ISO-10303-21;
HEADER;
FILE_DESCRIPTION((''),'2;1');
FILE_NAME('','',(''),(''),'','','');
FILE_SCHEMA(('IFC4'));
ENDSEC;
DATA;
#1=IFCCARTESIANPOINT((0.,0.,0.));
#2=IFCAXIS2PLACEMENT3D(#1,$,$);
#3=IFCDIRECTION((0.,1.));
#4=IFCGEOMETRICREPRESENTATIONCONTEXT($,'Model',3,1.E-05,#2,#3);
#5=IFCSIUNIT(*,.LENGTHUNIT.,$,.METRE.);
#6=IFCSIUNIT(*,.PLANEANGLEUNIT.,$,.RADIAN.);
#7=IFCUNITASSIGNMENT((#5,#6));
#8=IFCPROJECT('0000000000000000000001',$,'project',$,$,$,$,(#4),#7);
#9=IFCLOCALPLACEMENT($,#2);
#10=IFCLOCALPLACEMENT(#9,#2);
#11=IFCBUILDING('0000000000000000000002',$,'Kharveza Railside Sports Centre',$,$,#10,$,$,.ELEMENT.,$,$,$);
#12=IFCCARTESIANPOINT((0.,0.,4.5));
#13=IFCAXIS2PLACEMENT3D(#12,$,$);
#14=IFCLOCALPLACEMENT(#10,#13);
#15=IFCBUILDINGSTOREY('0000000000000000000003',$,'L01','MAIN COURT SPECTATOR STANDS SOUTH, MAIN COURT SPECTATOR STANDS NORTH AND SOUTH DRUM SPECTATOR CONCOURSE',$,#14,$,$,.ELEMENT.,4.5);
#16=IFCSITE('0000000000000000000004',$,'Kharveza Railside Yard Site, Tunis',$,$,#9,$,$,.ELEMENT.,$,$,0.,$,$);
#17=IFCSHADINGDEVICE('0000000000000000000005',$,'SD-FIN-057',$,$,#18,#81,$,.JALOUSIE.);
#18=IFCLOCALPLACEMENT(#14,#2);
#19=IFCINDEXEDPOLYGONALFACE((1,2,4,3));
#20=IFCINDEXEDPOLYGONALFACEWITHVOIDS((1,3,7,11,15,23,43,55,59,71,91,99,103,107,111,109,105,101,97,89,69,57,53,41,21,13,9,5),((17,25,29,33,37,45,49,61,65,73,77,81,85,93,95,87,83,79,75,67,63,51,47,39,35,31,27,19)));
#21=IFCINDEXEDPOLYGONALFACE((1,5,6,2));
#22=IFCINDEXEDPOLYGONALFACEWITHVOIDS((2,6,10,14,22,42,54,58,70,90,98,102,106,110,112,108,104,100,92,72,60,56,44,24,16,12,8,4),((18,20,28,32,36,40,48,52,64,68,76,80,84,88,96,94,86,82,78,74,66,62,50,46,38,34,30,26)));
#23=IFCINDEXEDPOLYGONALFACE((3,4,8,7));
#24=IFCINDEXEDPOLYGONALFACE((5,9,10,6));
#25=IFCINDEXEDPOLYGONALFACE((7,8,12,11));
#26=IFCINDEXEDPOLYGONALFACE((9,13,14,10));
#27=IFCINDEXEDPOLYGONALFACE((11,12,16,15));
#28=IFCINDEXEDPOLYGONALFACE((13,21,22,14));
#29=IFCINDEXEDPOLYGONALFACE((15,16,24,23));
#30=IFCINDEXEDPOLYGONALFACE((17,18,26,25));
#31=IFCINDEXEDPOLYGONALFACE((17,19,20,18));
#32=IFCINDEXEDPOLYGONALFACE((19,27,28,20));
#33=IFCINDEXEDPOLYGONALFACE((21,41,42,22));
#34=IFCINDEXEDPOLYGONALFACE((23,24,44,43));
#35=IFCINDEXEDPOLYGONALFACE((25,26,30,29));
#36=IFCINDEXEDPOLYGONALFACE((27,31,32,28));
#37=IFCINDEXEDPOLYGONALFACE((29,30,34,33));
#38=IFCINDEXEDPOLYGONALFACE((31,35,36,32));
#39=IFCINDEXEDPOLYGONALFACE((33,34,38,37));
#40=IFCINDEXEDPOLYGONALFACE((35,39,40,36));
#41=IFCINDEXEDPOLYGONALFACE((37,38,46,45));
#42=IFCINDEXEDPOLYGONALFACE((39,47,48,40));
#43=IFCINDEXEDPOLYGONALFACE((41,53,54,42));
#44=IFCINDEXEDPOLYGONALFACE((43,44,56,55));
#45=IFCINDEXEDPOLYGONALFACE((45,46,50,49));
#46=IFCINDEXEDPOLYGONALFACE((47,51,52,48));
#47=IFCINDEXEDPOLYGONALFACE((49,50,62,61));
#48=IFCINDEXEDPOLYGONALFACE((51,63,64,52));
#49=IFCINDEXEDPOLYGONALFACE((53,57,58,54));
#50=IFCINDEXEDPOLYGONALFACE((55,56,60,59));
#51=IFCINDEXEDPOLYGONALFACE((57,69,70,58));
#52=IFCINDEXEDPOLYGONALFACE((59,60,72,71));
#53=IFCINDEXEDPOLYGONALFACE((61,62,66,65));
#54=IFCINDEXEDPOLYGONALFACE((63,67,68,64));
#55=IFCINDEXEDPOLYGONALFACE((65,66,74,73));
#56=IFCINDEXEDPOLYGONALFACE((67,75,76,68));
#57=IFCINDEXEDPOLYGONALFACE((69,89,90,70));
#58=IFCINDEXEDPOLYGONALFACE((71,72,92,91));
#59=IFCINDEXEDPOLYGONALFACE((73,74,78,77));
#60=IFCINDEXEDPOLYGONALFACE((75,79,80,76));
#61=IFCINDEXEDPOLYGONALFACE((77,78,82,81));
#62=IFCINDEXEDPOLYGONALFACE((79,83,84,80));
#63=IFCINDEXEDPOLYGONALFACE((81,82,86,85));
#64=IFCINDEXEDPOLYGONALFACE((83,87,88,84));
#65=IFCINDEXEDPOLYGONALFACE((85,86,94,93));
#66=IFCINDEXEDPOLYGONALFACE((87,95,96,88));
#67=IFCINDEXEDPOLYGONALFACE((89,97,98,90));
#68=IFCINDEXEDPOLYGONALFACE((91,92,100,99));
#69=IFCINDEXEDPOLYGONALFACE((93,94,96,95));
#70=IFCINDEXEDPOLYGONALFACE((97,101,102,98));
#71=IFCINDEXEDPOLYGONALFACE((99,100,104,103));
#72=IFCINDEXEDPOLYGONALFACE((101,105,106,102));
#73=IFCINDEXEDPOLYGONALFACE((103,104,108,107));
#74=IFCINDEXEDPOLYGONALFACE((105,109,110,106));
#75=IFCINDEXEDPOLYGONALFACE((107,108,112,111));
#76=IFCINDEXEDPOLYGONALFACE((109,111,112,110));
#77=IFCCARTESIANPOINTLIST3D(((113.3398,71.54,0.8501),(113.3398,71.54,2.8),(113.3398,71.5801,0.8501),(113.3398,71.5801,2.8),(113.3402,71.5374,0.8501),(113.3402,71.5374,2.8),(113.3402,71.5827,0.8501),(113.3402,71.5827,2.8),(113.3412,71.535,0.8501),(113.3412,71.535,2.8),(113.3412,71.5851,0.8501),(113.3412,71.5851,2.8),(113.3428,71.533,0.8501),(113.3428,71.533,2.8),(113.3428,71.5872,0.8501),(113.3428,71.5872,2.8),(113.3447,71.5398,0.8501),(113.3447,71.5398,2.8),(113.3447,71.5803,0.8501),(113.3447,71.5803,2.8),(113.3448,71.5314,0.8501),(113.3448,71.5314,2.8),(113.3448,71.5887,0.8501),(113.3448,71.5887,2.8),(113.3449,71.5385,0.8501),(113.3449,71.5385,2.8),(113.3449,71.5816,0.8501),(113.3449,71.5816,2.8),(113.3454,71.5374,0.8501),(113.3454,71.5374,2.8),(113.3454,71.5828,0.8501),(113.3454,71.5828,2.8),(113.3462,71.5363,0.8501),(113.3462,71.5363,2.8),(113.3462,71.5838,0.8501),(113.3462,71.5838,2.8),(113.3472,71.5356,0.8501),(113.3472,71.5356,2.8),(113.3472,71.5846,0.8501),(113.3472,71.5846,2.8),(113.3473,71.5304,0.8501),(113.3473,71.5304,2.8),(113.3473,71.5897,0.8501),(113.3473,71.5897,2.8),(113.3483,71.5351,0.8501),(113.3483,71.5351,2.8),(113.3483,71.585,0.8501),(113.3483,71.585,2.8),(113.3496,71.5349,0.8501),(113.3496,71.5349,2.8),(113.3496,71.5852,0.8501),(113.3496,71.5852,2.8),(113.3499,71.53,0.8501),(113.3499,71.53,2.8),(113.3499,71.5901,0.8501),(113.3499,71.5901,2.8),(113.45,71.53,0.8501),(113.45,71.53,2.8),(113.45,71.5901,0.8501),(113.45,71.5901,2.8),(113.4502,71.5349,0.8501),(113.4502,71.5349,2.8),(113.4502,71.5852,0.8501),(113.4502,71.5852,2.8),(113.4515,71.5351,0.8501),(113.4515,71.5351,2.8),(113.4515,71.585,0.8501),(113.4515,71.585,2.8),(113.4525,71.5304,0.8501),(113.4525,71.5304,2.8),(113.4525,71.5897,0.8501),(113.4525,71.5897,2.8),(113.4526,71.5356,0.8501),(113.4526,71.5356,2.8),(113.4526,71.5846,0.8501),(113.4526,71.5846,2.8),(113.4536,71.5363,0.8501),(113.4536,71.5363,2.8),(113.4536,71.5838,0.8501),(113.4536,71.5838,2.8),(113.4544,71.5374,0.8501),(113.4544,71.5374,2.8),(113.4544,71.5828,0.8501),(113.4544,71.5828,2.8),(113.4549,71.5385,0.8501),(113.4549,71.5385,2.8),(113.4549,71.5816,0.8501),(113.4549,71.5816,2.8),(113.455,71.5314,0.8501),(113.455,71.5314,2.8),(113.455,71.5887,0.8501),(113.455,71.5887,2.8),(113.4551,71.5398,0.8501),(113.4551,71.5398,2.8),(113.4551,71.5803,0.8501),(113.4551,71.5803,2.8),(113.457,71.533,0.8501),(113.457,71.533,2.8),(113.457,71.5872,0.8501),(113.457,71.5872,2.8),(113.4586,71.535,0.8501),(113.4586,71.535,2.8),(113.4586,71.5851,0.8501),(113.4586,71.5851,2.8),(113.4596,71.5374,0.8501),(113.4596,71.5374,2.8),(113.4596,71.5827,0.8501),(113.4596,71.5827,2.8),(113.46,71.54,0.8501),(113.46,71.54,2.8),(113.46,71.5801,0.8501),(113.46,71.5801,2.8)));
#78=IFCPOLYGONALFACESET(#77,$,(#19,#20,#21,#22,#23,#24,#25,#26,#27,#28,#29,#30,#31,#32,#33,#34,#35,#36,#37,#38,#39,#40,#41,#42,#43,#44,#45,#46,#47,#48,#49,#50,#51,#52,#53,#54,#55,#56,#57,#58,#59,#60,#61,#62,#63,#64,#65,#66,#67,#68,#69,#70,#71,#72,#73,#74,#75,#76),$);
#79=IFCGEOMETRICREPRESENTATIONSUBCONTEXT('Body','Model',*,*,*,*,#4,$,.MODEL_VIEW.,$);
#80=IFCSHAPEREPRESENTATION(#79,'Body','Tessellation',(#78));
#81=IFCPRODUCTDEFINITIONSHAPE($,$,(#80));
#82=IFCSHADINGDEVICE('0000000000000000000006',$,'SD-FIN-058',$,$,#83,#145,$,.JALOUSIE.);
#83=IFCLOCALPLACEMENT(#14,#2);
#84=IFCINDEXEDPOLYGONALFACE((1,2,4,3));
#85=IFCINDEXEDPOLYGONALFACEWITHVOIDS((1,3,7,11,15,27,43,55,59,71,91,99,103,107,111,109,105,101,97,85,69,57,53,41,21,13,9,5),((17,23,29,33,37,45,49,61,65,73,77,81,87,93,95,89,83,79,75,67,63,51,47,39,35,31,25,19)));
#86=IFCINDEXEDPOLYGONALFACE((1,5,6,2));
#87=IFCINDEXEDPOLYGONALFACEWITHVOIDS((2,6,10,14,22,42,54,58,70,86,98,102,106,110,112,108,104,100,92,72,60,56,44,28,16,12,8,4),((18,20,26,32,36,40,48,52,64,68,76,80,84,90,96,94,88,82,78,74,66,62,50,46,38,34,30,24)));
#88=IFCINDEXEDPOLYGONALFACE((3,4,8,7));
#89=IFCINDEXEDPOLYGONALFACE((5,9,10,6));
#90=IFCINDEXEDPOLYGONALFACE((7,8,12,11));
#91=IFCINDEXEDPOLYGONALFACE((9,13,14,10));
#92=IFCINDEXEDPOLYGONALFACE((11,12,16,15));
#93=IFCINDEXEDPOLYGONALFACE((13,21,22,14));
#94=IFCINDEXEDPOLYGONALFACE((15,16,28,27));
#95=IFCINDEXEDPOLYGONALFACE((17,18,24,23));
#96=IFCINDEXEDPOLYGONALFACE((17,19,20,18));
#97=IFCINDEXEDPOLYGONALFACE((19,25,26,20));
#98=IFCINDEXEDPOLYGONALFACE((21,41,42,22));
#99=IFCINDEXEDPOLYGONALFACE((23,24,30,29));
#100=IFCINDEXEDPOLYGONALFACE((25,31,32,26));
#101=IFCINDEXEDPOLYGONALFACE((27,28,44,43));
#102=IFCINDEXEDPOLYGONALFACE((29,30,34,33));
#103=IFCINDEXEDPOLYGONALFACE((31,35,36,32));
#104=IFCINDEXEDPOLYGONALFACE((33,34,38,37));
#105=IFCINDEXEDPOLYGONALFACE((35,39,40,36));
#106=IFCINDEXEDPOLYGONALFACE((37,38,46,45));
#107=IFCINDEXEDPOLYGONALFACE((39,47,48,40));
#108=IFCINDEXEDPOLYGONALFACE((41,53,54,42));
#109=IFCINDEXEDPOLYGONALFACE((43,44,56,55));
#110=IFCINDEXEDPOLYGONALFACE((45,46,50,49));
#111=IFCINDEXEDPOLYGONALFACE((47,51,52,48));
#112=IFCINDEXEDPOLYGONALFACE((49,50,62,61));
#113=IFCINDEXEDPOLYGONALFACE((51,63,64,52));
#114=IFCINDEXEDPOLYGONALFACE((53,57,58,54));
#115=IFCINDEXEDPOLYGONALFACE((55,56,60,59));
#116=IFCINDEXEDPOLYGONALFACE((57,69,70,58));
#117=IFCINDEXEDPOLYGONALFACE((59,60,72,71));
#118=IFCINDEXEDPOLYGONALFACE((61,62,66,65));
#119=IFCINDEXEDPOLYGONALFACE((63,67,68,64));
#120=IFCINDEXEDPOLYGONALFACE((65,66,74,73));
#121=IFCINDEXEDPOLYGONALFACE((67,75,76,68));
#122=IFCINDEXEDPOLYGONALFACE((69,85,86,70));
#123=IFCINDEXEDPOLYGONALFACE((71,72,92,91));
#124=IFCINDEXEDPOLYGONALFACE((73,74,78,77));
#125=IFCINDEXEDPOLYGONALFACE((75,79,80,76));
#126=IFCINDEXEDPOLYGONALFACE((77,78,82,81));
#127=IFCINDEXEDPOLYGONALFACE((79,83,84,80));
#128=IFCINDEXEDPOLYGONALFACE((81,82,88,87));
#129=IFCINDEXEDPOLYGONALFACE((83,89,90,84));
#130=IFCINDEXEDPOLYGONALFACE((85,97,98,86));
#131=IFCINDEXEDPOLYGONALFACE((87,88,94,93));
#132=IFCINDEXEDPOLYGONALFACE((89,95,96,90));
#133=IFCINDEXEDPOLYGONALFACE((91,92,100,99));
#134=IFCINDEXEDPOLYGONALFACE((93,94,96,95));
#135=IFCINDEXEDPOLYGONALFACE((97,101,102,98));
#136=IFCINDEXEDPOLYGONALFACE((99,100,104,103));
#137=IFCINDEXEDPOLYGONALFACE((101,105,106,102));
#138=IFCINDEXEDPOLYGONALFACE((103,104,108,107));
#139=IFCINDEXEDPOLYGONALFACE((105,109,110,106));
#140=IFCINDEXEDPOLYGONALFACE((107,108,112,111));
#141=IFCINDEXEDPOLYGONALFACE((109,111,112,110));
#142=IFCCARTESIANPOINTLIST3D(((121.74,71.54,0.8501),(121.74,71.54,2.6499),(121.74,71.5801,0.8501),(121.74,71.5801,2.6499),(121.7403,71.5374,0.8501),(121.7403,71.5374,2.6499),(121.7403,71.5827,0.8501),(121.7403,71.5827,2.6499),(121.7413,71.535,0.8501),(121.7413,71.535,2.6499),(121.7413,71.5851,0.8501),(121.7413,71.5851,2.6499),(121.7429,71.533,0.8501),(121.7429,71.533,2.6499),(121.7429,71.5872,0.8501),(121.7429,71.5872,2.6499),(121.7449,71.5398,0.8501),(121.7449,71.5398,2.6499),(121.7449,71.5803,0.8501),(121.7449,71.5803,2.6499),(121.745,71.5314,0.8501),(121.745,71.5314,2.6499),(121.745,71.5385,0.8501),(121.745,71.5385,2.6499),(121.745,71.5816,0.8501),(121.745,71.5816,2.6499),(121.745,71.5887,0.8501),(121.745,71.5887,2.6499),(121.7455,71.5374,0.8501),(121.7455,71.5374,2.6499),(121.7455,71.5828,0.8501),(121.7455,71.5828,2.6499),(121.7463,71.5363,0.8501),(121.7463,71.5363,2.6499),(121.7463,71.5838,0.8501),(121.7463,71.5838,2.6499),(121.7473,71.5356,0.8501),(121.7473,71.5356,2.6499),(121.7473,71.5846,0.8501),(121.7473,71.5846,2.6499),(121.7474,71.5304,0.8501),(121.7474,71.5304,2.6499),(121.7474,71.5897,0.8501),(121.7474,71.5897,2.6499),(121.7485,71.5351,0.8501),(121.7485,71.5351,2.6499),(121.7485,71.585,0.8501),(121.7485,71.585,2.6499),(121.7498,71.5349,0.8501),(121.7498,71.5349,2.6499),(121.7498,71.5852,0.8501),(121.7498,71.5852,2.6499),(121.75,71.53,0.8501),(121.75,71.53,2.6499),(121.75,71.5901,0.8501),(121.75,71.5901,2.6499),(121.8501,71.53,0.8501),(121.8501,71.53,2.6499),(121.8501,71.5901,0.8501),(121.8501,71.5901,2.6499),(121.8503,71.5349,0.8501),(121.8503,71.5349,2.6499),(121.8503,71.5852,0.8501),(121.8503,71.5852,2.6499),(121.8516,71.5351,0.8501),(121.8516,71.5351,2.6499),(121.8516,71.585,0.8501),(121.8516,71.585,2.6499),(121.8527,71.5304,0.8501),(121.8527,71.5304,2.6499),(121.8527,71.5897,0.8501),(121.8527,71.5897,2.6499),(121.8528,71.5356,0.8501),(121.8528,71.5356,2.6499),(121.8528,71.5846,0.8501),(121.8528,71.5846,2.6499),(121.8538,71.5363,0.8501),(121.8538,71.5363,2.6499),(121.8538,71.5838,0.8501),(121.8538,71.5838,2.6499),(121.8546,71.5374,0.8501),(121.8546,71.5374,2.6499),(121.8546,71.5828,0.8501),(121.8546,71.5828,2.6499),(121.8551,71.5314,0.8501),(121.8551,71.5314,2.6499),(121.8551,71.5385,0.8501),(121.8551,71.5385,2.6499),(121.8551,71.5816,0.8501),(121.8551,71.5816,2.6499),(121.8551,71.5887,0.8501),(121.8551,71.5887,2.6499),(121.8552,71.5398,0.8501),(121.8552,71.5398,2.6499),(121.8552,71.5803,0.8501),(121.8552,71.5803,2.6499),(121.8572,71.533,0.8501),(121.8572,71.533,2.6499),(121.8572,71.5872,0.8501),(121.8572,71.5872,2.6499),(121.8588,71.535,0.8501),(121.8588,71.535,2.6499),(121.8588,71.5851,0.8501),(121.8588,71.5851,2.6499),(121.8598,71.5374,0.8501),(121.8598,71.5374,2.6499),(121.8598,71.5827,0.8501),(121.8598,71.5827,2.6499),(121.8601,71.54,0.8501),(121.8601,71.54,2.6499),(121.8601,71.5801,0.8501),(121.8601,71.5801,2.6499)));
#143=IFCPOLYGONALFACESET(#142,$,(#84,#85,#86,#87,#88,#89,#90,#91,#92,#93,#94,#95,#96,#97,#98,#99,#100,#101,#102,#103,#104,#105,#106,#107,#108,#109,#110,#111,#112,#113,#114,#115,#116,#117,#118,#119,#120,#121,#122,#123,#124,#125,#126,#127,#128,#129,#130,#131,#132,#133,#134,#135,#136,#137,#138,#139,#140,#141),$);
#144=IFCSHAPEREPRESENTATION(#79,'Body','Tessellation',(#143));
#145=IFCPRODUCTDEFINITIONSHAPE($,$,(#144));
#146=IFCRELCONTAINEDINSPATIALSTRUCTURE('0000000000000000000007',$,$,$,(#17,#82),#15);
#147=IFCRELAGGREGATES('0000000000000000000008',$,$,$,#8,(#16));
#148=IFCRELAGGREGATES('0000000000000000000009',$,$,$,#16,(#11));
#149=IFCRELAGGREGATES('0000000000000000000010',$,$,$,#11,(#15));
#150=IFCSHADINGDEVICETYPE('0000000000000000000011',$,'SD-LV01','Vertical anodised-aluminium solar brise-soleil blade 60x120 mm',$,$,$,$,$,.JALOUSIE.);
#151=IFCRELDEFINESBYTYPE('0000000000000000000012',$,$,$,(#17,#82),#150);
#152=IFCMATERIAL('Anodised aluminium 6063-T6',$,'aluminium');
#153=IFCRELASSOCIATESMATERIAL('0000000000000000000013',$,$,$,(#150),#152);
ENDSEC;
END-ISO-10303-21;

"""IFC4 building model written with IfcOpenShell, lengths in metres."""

from ifc_helpers import new_model, si_unit, direction, frame, origin, origin_2d, place, context, subcontext, project, spatial, hollow_rectangle, extrude, material, material_profile, profile_set, type_object, element, save


model = new_model("IFC4")

# Units and contexts
model_context = context("Model", 3, precision=1e-05, world=origin(), true_north=direction((0.0, 1.0)))
body_context = subcontext(model_context, "Body", "Model", "MODEL_VIEW")
ifc_project = project(units=[si_unit("LENGTHUNIT", "METRE"), si_unit("PLANEANGLEUNIT", "RADIAN")], contexts=[model_context])

# Site, building, storey
site_placement = place(None, origin())
site = spatial("IfcSite", under=ifc_project, at=site_placement, Name="Kharveza Railside Yard Site, Tunis", CompositionType="ELEMENT", RefElevation=0.0)
building_placement = place(site_placement, origin())
building = spatial("IfcBuilding", under=site, at=building_placement, Name="Kharveza Railside Sports Centre", CompositionType="ELEMENT")
storey_placement = place(building_placement, frame((0.0, 0.0, 4.5)))
storey = spatial("IfcBuildingStorey", under=building, at=storey_placement, Name="L01", Description="MAIN COURT SPECTATOR STANDS SOUTH, MAIN COURT SPECTATOR STANDS NORTH AND SOUTH DRUM SPECTATOR CONCOURSE", CompositionType="ELEMENT", Elevation=4.5)

# Shading devices
ifc_material_1 = material(Name="Anodised aluminium 6063-T6", Category="aluminium")
ifc_material_profile_1 = material_profile(ifc_material_1, hollow_rectangle(XDim=0.0601, YDim=0.1201, WallThickness=0.0049, InnerFilletRadius=0.0049, OuterFilletRadius=0.01, at=origin_2d()), Name="RHS 60x120x5.0")
ifc_profile_set_1 = profile_set([ifc_material_profile_1], Name="Anodised aluminium 6063-T6")
shading_device_type = type_object("IfcShadingDeviceType", Name="SD-LV01", Description="Vertical anodised-aluminium solar brise-soleil blade 60x120 mm", PredefinedType="JALOUSIE", material=ifc_profile_set_1)
shading_device_1_placement = place(storey_placement, frame((113.3999, 71.5601, 0.8501), z_axis=(0.0, 0.0, 1.0), x_axis=(0.0, -1.0, 0.0)))
element("IfcShadingDevice", 1, at=shading_device_1_placement, inside=storey, type_object=shading_device_type, Name="SD-FIN-057", PredefinedType="JALOUSIE", context=body_context, shape_type="SweptSolid", body=[
    extrude(hollow_rectangle(XDim=0.0601, YDim=0.1201, WallThickness=0.0049, InnerFilletRadius=0.0049, OuterFilletRadius=0.01, at=origin_2d()), origin(), (0.0, 0.0, 1.0), 1.95),
])
shading_device_2_placement = place(storey_placement, frame((121.8, 71.5601, 0.8501), z_axis=(0.0, 0.0, 1.0), x_axis=(0.0, -1.0, 0.0)))
element("IfcShadingDevice", 2, at=shading_device_2_placement, inside=storey, type_object=shading_device_type, Name="SD-FIN-058", PredefinedType="JALOUSIE", context=body_context, shape_type="SweptSolid", body=[
    extrude(hollow_rectangle(XDim=0.0601, YDim=0.1201, WallThickness=0.0049, InnerFilletRadius=0.0049, OuterFilletRadius=0.01, at=origin_2d()), origin(), (0.0, 0.0, 1.0), 1.7998),
])

save(model, "model.ifc")
